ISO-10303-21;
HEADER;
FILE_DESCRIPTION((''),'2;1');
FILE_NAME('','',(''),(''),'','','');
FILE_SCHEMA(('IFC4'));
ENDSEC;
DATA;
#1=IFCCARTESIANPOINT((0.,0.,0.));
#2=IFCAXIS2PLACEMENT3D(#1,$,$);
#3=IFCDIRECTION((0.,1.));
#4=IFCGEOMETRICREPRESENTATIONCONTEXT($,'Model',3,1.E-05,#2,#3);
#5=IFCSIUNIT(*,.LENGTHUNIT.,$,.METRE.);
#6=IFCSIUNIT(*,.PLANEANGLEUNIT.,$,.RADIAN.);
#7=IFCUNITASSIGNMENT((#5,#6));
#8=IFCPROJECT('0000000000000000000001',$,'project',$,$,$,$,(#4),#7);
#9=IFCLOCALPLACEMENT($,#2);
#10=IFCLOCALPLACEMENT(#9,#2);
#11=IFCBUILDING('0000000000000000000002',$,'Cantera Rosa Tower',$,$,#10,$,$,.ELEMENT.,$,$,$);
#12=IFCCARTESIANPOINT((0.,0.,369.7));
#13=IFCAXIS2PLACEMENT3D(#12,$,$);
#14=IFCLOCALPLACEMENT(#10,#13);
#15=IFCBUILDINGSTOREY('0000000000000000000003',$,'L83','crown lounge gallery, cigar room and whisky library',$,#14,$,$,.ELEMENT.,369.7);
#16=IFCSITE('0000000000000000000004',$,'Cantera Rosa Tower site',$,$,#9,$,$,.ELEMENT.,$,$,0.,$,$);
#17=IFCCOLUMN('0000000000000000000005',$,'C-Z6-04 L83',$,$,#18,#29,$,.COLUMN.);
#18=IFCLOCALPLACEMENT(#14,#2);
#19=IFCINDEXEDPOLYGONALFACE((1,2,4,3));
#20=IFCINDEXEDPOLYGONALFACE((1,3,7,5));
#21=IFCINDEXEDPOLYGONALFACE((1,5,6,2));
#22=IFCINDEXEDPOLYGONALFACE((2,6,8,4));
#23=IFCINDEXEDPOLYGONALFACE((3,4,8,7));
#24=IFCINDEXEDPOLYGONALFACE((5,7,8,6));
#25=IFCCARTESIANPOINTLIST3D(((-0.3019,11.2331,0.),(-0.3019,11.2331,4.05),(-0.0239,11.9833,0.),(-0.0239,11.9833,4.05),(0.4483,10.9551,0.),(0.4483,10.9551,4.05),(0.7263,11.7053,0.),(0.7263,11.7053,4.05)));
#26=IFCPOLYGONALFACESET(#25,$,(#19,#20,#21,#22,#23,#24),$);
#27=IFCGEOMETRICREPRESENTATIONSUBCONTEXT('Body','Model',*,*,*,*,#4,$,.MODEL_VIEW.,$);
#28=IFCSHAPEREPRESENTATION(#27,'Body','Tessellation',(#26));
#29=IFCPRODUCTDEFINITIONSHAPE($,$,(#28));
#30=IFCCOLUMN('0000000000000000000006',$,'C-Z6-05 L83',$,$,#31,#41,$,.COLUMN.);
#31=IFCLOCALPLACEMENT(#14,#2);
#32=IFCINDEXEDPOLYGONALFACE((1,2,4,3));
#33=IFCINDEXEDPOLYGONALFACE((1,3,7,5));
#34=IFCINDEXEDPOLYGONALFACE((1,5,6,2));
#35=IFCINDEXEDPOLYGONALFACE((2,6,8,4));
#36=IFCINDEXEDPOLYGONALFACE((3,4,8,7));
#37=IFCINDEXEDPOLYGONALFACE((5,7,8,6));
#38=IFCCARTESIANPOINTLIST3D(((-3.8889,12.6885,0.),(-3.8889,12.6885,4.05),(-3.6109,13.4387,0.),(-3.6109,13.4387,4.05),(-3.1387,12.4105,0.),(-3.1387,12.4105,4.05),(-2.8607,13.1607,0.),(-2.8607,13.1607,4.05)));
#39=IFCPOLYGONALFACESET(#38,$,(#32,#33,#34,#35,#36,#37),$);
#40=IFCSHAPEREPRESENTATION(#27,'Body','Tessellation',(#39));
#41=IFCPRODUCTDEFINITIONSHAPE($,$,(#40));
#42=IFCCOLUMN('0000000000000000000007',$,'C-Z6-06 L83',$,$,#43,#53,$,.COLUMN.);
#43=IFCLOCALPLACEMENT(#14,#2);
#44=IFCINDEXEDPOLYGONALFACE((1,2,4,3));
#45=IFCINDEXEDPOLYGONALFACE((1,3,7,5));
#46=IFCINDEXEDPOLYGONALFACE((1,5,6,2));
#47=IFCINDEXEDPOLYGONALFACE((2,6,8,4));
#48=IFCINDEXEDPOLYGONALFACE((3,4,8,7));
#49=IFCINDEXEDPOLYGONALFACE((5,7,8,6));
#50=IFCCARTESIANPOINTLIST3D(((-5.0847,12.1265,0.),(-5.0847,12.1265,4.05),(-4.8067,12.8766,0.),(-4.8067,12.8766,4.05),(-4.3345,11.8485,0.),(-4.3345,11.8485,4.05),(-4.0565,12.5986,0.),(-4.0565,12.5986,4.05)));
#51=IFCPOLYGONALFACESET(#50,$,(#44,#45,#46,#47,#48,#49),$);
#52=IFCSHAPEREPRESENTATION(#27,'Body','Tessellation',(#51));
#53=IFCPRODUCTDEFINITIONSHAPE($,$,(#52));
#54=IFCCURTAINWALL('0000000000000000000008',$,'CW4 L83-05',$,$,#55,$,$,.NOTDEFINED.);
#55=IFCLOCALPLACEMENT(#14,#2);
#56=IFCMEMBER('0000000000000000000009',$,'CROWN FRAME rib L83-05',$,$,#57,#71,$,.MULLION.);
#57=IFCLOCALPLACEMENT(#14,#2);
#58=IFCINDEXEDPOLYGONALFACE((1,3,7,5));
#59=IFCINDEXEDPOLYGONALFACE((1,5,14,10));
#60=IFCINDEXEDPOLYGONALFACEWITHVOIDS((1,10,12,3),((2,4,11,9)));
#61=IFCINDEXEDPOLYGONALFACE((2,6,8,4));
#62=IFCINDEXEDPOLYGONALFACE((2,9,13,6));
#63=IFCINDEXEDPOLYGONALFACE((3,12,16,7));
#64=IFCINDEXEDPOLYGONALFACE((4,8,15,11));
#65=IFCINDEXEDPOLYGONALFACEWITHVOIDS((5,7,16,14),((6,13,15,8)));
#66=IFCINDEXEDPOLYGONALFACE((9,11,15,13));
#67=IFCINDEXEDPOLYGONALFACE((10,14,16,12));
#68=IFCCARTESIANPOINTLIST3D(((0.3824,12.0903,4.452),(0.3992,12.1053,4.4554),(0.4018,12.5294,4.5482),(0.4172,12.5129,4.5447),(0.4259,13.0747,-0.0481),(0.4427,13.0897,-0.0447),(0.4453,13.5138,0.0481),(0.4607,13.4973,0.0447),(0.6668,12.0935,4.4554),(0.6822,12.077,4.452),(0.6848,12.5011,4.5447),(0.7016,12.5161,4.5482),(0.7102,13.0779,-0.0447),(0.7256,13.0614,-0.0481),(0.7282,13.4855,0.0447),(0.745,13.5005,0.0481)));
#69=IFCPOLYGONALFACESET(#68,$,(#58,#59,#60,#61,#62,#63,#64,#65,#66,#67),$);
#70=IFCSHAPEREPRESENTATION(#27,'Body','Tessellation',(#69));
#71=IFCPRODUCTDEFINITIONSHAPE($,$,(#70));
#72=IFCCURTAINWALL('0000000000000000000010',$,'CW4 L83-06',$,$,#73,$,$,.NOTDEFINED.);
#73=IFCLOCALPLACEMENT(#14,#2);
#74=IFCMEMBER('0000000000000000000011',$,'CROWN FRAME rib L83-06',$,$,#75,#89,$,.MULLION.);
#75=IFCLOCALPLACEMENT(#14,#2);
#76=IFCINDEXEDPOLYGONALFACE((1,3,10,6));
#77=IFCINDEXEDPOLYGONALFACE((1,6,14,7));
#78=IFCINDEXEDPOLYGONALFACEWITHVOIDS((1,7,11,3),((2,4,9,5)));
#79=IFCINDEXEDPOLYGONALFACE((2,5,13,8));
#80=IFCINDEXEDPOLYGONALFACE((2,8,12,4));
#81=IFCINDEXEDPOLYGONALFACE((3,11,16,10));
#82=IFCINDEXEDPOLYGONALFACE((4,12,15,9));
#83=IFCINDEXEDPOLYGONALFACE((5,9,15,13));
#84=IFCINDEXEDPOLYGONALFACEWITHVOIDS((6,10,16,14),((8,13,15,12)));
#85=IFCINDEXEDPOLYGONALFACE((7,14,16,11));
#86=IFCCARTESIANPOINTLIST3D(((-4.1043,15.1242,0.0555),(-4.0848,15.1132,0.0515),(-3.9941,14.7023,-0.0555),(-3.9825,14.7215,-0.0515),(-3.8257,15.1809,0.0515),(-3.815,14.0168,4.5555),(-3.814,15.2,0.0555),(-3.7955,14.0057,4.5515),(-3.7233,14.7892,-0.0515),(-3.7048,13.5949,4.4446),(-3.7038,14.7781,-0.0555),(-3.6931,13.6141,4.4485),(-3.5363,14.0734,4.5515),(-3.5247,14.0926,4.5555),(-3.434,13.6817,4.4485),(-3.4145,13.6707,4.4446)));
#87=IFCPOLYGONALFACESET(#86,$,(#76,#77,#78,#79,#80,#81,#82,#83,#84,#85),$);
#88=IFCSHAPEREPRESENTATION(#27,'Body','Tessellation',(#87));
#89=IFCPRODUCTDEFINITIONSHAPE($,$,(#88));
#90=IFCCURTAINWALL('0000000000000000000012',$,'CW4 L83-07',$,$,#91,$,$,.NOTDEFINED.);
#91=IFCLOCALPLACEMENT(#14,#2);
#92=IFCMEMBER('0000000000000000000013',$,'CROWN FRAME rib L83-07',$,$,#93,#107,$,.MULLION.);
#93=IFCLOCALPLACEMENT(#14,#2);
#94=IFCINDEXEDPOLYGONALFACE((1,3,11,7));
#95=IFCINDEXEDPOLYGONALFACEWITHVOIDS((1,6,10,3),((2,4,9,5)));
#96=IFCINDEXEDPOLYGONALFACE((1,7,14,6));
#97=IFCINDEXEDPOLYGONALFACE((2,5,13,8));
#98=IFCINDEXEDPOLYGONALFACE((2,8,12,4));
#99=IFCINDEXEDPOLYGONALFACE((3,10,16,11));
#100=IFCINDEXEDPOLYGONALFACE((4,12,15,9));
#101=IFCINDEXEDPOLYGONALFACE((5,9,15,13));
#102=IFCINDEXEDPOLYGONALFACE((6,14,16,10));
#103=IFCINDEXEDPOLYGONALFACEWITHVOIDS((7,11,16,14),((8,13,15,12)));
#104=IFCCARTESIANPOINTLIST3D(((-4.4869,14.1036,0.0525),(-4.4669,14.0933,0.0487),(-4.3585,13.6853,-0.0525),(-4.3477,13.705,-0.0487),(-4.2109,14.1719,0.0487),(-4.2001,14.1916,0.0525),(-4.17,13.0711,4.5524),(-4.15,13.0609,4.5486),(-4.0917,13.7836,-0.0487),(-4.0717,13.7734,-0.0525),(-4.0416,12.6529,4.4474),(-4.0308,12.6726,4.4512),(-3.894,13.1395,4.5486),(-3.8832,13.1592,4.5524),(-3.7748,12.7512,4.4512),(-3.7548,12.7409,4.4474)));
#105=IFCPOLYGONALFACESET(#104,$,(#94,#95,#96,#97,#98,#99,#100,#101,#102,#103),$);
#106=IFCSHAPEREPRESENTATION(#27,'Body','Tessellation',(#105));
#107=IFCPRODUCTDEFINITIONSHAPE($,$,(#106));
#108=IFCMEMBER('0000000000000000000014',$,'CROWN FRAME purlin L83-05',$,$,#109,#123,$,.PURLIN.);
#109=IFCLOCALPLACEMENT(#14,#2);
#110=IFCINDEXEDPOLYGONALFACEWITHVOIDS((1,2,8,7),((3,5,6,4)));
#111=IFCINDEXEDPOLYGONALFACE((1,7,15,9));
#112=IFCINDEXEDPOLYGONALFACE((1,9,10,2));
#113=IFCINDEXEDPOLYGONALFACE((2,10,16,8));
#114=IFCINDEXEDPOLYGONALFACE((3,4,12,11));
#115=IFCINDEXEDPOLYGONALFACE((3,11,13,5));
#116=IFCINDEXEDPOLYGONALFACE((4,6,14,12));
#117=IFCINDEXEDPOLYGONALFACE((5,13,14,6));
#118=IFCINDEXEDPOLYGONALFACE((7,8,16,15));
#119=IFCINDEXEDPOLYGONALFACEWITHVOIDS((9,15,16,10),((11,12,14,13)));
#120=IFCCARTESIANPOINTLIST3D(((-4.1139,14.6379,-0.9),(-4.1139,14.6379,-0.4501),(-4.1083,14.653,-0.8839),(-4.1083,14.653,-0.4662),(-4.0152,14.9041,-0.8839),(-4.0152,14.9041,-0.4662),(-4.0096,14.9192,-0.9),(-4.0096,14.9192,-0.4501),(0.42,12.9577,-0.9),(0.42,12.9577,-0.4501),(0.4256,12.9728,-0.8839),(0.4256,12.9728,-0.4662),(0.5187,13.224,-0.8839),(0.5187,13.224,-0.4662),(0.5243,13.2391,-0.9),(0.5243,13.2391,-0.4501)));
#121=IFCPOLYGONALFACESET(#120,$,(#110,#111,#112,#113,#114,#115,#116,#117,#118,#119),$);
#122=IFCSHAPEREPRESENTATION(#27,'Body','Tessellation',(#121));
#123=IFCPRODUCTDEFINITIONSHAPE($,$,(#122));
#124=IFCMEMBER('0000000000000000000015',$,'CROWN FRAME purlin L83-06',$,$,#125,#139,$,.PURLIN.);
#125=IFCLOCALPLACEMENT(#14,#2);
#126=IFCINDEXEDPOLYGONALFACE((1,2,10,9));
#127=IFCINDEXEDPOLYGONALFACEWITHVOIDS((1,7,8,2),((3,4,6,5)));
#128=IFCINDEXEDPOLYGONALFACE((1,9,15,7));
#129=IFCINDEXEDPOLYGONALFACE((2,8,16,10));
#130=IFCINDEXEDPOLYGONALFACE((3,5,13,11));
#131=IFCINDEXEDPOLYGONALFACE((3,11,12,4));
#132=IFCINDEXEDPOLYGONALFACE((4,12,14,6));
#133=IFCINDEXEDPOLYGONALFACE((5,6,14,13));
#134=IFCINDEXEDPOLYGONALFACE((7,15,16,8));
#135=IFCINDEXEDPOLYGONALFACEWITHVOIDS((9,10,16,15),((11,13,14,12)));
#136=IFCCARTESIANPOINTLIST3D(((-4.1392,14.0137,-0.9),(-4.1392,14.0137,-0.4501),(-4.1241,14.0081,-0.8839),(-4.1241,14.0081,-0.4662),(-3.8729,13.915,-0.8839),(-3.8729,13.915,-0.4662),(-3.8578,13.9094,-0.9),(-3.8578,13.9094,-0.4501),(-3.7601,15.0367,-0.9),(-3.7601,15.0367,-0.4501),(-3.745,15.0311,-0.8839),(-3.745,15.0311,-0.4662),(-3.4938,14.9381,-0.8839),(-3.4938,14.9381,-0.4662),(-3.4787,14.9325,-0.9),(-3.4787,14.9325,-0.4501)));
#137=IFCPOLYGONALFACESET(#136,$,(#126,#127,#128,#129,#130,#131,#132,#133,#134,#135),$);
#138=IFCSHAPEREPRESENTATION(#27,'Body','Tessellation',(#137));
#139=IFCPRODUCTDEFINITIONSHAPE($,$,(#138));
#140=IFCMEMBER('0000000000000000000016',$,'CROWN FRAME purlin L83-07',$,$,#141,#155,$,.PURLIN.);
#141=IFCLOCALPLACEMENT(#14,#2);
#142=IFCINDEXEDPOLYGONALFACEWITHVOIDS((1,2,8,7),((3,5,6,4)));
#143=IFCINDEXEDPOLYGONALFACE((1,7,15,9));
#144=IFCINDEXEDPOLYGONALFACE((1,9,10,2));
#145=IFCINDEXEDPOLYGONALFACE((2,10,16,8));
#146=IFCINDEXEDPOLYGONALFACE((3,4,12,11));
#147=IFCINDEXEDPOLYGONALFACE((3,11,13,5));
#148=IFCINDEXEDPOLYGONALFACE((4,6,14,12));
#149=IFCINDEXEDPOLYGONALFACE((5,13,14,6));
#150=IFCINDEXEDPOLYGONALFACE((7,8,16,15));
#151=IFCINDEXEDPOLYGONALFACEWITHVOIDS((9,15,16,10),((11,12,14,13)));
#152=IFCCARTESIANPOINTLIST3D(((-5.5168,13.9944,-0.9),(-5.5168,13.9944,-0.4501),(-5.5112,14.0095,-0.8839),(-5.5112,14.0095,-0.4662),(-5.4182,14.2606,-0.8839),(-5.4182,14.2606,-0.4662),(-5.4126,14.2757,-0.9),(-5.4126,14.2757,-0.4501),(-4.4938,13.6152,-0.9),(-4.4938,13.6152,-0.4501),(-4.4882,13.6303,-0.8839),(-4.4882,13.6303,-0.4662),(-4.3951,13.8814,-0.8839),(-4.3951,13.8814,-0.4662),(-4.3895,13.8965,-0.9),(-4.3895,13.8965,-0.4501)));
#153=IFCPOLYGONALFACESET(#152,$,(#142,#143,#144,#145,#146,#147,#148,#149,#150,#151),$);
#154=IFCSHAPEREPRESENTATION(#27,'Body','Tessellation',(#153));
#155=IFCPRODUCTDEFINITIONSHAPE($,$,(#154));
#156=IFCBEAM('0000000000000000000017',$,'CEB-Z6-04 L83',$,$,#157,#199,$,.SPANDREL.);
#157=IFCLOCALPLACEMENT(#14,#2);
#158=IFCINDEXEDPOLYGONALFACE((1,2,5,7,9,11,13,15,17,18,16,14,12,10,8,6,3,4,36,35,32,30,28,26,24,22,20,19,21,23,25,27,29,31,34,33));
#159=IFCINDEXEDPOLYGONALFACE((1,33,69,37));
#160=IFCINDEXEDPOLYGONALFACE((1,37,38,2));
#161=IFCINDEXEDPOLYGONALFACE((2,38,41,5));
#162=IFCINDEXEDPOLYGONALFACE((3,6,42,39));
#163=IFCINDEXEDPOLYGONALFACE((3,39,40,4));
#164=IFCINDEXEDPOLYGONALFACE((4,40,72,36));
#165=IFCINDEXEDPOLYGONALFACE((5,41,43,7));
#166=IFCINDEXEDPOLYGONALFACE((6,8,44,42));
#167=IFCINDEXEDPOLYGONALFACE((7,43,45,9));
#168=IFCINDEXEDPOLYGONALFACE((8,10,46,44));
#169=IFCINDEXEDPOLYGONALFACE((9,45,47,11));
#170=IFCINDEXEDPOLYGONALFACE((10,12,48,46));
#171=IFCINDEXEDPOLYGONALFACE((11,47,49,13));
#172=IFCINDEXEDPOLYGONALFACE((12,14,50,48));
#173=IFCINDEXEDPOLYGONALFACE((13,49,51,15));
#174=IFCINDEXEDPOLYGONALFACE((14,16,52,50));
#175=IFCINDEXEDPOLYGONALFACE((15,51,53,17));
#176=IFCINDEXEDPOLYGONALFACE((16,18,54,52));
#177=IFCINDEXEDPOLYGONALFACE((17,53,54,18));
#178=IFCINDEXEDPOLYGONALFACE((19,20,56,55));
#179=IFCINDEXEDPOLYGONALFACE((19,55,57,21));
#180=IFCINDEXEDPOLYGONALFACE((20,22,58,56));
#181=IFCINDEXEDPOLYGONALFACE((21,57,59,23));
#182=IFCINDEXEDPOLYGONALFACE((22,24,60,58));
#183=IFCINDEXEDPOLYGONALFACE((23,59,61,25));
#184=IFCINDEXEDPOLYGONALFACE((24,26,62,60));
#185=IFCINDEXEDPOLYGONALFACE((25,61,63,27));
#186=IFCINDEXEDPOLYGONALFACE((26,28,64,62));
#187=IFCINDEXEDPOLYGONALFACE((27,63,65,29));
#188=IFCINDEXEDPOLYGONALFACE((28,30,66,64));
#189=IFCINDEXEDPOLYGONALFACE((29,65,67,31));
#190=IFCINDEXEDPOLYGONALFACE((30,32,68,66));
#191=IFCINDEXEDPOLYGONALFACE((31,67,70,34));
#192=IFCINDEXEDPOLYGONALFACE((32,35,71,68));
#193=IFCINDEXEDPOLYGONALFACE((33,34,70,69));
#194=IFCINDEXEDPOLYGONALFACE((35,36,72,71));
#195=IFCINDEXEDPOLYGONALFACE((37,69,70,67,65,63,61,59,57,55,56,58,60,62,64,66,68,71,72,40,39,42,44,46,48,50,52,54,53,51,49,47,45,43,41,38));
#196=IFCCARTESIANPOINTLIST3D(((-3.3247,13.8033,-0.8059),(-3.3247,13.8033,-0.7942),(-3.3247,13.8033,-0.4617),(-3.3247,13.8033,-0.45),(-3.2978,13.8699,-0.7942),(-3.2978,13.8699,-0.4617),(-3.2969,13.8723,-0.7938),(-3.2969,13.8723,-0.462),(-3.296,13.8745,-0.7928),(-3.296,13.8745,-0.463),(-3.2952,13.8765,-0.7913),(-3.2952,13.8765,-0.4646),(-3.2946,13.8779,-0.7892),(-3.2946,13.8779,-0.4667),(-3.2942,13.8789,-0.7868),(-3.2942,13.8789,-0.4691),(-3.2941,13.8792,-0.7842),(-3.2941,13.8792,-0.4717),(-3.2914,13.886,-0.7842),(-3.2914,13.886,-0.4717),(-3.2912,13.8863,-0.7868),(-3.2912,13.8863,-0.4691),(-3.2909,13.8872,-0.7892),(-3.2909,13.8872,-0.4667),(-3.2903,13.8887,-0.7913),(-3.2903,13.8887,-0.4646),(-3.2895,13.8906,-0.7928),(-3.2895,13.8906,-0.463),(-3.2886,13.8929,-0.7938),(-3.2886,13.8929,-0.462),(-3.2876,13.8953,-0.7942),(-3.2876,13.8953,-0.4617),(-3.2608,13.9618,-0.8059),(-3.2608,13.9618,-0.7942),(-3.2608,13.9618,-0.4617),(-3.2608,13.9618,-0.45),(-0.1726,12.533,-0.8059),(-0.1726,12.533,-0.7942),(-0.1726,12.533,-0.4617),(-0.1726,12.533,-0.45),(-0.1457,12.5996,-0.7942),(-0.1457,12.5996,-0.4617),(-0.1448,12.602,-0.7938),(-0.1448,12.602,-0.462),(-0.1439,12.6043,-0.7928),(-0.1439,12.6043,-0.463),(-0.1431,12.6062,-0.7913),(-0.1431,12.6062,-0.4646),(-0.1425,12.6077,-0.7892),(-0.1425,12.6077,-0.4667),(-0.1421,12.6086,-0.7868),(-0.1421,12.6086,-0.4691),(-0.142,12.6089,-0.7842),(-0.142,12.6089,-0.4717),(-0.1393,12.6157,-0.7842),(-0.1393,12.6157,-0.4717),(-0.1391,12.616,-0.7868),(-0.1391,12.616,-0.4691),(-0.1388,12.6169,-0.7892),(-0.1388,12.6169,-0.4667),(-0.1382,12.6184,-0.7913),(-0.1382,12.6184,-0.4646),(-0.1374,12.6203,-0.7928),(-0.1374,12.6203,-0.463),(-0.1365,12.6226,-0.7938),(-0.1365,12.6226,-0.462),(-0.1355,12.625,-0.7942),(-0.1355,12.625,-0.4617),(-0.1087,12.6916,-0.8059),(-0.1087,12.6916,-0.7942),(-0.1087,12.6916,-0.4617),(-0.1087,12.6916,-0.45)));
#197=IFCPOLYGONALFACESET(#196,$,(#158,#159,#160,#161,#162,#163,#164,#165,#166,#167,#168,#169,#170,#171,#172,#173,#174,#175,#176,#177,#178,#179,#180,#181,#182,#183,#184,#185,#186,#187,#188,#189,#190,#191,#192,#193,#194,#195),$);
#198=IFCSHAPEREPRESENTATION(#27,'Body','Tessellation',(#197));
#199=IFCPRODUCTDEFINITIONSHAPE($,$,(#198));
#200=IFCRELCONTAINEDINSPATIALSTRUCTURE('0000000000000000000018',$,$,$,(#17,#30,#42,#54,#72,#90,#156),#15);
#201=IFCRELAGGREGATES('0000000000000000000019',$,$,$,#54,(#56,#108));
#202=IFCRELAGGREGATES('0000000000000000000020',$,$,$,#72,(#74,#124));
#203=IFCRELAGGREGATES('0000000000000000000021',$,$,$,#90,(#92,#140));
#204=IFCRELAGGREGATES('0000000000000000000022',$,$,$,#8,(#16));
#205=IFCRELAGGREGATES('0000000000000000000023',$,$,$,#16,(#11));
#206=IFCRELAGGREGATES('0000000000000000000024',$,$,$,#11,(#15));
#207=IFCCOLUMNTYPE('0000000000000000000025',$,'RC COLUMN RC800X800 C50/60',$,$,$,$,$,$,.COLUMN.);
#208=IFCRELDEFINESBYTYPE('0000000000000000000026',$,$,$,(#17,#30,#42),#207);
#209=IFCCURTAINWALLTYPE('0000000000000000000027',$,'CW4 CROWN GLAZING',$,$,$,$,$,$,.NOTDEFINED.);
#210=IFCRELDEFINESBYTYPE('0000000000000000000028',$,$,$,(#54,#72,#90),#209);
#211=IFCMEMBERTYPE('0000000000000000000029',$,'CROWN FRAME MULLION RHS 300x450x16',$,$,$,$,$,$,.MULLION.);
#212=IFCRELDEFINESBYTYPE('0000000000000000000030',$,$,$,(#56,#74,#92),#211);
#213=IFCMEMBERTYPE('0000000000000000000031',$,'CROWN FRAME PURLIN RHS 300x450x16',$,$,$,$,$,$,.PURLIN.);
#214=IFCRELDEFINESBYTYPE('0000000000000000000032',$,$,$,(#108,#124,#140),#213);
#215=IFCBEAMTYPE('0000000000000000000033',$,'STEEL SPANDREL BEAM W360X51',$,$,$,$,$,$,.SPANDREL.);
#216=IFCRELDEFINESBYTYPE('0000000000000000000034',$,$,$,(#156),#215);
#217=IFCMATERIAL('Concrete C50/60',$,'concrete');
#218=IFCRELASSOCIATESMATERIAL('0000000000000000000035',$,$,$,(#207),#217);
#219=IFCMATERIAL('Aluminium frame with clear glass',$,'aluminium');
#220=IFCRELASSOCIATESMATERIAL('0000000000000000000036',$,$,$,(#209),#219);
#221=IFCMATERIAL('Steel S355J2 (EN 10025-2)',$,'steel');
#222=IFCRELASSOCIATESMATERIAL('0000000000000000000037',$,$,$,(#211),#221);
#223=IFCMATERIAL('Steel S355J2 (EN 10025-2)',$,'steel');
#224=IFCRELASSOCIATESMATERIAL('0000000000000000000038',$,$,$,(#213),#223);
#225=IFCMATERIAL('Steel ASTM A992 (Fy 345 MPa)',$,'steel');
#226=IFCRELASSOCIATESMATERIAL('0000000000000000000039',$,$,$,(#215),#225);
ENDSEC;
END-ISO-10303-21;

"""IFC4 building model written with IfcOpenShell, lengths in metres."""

from ifc_helpers import new_model, si_unit, direction, frame, origin, origin_2d, place, context, subcontext, project, spatial, rectangle, hollow_rectangle, i_section, extrude, material, material_profile, profile_set, type_object, element, aggregate, save


model = new_model("IFC4")

# Units and contexts
model_context = context("Model", 3, precision=1e-05, world=origin(), true_north=direction((0.0, 1.0)))
body_context = subcontext(model_context, "Body", "Model", "MODEL_VIEW")
ifc_project = project(units=[si_unit("LENGTHUNIT", "METRE"), si_unit("PLANEANGLEUNIT", "RADIAN")], contexts=[model_context])

# Site, building, storey
site_placement = place(None, origin())
site = spatial("IfcSite", under=ifc_project, at=site_placement, Name="Cantera Rosa Tower site", CompositionType="ELEMENT", RefElevation=0.0)
building_placement = place(site_placement, origin())
building = spatial("IfcBuilding", under=site, at=building_placement, Name="Cantera Rosa Tower", CompositionType="ELEMENT")
storey_placement = place(building_placement, frame((0.0, 0.0, 369.7)))
storey = spatial("IfcBuildingStorey", under=building, at=storey_placement, Name="L83", Description="crown lounge gallery, cigar room and whisky library", CompositionType="ELEMENT", Elevation=369.7)

# Columns
ifc_material_1 = material(Name="Concrete C50/60", Category="concrete")
ifc_material_profile_1 = material_profile(ifc_material_1, rectangle(XDim=0.8, YDim=0.8, at=origin_2d()), Name="RC COLUMN RC800X800 C50/60")
ifc_profile_set_1 = profile_set([ifc_material_profile_1], Name="Concrete C50/60")
column_type = type_object("IfcColumnType", Name="RC COLUMN RC800X800 C50/60", PredefinedType="COLUMN", material=ifc_profile_set_1)
for number, where, z_axis, x_axis, name in (
    (1, (0.2122, 11.4692, 0.0), (0.0, 0.0, 1.0), (0.347481, 0.937687, 0.0), "C-Z6-04 L83"),
    (2, (-3.3748, 12.9246, 0.0), (0.0, 0.0, 1.0), (0.347481, 0.937687, 0.0), "C-Z6-05 L83"),
    (3, (-4.5706, 12.3625, 0.0), (0.0, 0.0, 1.0), (0.347481, 0.937687, 0.0), "C-Z6-06 L83"),
):
    element("IfcColumn", number, at=place(storey_placement, frame(where, z_axis=z_axis, x_axis=x_axis)), inside=storey, type_object=column_type, Name=name, PredefinedType="COLUMN", context=body_context, shape_type="SweptSolid", body=[
        extrude(rectangle(XDim=0.8, YDim=0.8, at=origin_2d()), origin(), (0.0, 0.0, 1.0), 4.05),
    ])

# Curtain walls, members
ifc_material_2 = material(Name="Aluminium frame with clear glass", Category="aluminium")
curtain_wall_type = type_object("IfcCurtainWallType", Name="CW4 CROWN GLAZING", PredefinedType="NOTDEFINED", material=ifc_material_2)
curtain_wall_1_placement = place(storey_placement, origin())
curtain_wall_1 = element("IfcCurtainWall", 4, at=curtain_wall_1_placement, inside=storey, type_object=curtain_wall_type, Name="CW4 L83-05", PredefinedType="NOTDEFINED")
ifc_material_3 = material(Name="Steel S355J2 (EN 10025-2)", Category="steel")
ifc_material_profile_2 = material_profile(ifc_material_3, hollow_rectangle(XDim=0.3, YDim=0.45, WallThickness=0.0161, at=origin_2d()), Name="CROWN FRAME MULLION RHS 300x450x16")
ifc_profile_set_2 = profile_set([ifc_material_profile_2], Name="Steel S355J2 (EN 10025-2)")
member_type_1 = type_object("IfcMemberType", Name="CROWN FRAME MULLION RHS 300x450x16", PredefinedType="MULLION", material=ifc_profile_set_2)
member_1_placement = place(storey_placement, frame((0.5854, 13.2876, 0.0), z_axis=(-0.009434, -0.213687, 0.976857), x_axis=(0.999027, -0.044104, 0.0)))
member_1 = element("IfcMember", 5, at=member_1_placement, type_object=member_type_1, Name="CROWN FRAME rib L83-05", PredefinedType="MULLION", context=body_context, shape_type="SweptSolid", body=[
    extrude(hollow_rectangle(XDim=0.3, YDim=0.45, WallThickness=0.0161, at=origin_2d()), origin(), (0.0, 0.0, 1.0), 4.6067),
])
curtain_wall_2_placement = place(storey_placement, origin())
curtain_wall_2 = element("IfcCurtainWall", 6, at=curtain_wall_2_placement, inside=storey, type_object=curtain_wall_type, Name="CW4 L83-06", PredefinedType="NOTDEFINED")
member_2_placement = place(storey_placement, frame((-3.9041, 14.9512, 0.0), z_axis=(0.062306, -0.2385, 0.969142), x_axis=(0.967529, 0.252761, 0.0)))
member_2 = element("IfcMember", 7, at=member_2_placement, type_object=member_type_1, Name="CROWN FRAME rib L83-06", PredefinedType="MULLION", context=body_context, shape_type="SweptSolid", body=[
    extrude(hollow_rectangle(XDim=0.3, YDim=0.45, WallThickness=0.0161, at=origin_2d()), origin(), (0.0, 0.0, 1.0), 4.6433),
])
curtain_wall_3_placement = place(storey_placement, origin())
curtain_wall_3 = element("IfcCurtainWall", 8, at=curtain_wall_3_placement, inside=storey, type_object=curtain_wall_type, Name="CW4 L83-07", PredefinedType="NOTDEFINED")
member_3_placement = place(storey_placement, frame((-4.2793, 13.9385, 0.0), z_axis=(0.068476, -0.223102, 0.972387), x_axis=(0.955984, 0.293419, 0.0)))
member_3 = element("IfcMember", 9, at=member_3_placement, type_object=member_type_1, Name="CROWN FRAME rib L83-07", PredefinedType="MULLION", context=body_context, shape_type="SweptSolid", body=[
    extrude(hollow_rectangle(XDim=0.3, YDim=0.45, WallThickness=0.0161, at=origin_2d()), origin(), (0.0, 0.0, 1.0), 4.6277),
])

# Members
ifc_material_4 = material(Name="Steel S355J2 (EN 10025-2)", Category="steel")
ifc_material_profile_3 = material_profile(ifc_material_4, hollow_rectangle(XDim=0.3, YDim=0.45, WallThickness=0.0161, at=origin_2d()), Name="CROWN FRAME PURLIN RHS 300x450x16")
ifc_profile_set_3 = profile_set([ifc_material_profile_3], Name="Steel S355J2 (EN 10025-2)")
member_type_2 = type_object("IfcMemberType", Name="CROWN FRAME PURLIN RHS 300x450x16", PredefinedType="PURLIN", material=ifc_profile_set_3)
member_4_placement = place(storey_placement, frame((0.4722, 13.0984, -0.675), z_axis=(-0.937685, 0.347485, 0.0), x_axis=(-0.347485, -0.937685, 0.0)))
member_4 = element("IfcMember", 10, at=member_4_placement, type_object=member_type_2, Name="CROWN FRAME purlin L83-05", PredefinedType="PURLIN", context=body_context, shape_type="SweptSolid", body=[
    extrude(hollow_rectangle(XDim=0.3, YDim=0.45, WallThickness=0.0161, at=origin_2d()), origin(), (0.0, 0.0, 1.0), 4.8352),
])
member_5_placement = place(storey_placement, frame((-3.6194, 14.9846, -0.675), z_axis=(-0.347467, -0.937692, 0.0), x_axis=(0.937692, -0.347467, 0.0)))
member_5 = element("IfcMember", 11, at=member_5_placement, type_object=member_type_2, Name="CROWN FRAME purlin L83-06", PredefinedType="PURLIN", context=body_context, shape_type="SweptSolid", body=[
    extrude(hollow_rectangle(XDim=0.3, YDim=0.45, WallThickness=0.0161, at=origin_2d()), origin(), (0.0, 0.0, 1.0), 1.0911),
])
member_6_placement = place(storey_placement, frame((-4.4417, 13.7559, -0.675), z_axis=(-0.937665, 0.34754, 0.0), x_axis=(-0.34754, -0.937665, 0.0)))
member_6 = element("IfcMember", 12, at=member_6_placement, type_object=member_type_2, Name="CROWN FRAME purlin L83-07", PredefinedType="PURLIN", context=body_context, shape_type="SweptSolid", body=[
    extrude(hollow_rectangle(XDim=0.3, YDim=0.45, WallThickness=0.0161, at=origin_2d()), origin(), (0.0, 0.0, 1.0), 1.0911),
])

# Beam
ifc_material_5 = material(Name="Steel ASTM A992 (Fy 345 MPa)", Category="steel")
ifc_material_profile_4 = material_profile(ifc_material_5, i_section(OverallWidth=0.1709, OverallDepth=0.356, WebThickness=0.0073, FlangeThickness=0.0117, FilletRadius=0.01, at=origin_2d()), Name="W360X51")
ifc_profile_set_4 = profile_set([ifc_material_profile_4], Name="Steel ASTM A992 (Fy 345 MPa)")
beam_type = type_object("IfcBeamType", Name="STEEL SPANDREL BEAM W360X51", PredefinedType="SPANDREL", material=ifc_profile_set_4)
beam_1_placement = place(storey_placement, frame((-0.1406, 12.6123, -0.6279), z_axis=(-0.927517, 0.37378, 0.0), x_axis=(-0.37378, -0.927517, 0.0)))
element("IfcBeam", 13, at=beam_1_placement, inside=storey, type_object=beam_type, Name="CEB-Z6-04 L83", PredefinedType="SPANDREL", context=body_context, shape_type="SweptSolid", body=[
    extrude(i_section(OverallWidth=0.1709, OverallDepth=0.356, WebThickness=0.0073, FlangeThickness=0.0117, FilletRadius=0.01, at=origin_2d()), origin(), (0.0, 0.0, 1.0), 3.3984),
])

aggregate(curtain_wall_1, [member_1, member_4])
aggregate(curtain_wall_2, [member_2, member_5])
aggregate(curtain_wall_3, [member_3, member_6])

save(model, "model.ifc")
